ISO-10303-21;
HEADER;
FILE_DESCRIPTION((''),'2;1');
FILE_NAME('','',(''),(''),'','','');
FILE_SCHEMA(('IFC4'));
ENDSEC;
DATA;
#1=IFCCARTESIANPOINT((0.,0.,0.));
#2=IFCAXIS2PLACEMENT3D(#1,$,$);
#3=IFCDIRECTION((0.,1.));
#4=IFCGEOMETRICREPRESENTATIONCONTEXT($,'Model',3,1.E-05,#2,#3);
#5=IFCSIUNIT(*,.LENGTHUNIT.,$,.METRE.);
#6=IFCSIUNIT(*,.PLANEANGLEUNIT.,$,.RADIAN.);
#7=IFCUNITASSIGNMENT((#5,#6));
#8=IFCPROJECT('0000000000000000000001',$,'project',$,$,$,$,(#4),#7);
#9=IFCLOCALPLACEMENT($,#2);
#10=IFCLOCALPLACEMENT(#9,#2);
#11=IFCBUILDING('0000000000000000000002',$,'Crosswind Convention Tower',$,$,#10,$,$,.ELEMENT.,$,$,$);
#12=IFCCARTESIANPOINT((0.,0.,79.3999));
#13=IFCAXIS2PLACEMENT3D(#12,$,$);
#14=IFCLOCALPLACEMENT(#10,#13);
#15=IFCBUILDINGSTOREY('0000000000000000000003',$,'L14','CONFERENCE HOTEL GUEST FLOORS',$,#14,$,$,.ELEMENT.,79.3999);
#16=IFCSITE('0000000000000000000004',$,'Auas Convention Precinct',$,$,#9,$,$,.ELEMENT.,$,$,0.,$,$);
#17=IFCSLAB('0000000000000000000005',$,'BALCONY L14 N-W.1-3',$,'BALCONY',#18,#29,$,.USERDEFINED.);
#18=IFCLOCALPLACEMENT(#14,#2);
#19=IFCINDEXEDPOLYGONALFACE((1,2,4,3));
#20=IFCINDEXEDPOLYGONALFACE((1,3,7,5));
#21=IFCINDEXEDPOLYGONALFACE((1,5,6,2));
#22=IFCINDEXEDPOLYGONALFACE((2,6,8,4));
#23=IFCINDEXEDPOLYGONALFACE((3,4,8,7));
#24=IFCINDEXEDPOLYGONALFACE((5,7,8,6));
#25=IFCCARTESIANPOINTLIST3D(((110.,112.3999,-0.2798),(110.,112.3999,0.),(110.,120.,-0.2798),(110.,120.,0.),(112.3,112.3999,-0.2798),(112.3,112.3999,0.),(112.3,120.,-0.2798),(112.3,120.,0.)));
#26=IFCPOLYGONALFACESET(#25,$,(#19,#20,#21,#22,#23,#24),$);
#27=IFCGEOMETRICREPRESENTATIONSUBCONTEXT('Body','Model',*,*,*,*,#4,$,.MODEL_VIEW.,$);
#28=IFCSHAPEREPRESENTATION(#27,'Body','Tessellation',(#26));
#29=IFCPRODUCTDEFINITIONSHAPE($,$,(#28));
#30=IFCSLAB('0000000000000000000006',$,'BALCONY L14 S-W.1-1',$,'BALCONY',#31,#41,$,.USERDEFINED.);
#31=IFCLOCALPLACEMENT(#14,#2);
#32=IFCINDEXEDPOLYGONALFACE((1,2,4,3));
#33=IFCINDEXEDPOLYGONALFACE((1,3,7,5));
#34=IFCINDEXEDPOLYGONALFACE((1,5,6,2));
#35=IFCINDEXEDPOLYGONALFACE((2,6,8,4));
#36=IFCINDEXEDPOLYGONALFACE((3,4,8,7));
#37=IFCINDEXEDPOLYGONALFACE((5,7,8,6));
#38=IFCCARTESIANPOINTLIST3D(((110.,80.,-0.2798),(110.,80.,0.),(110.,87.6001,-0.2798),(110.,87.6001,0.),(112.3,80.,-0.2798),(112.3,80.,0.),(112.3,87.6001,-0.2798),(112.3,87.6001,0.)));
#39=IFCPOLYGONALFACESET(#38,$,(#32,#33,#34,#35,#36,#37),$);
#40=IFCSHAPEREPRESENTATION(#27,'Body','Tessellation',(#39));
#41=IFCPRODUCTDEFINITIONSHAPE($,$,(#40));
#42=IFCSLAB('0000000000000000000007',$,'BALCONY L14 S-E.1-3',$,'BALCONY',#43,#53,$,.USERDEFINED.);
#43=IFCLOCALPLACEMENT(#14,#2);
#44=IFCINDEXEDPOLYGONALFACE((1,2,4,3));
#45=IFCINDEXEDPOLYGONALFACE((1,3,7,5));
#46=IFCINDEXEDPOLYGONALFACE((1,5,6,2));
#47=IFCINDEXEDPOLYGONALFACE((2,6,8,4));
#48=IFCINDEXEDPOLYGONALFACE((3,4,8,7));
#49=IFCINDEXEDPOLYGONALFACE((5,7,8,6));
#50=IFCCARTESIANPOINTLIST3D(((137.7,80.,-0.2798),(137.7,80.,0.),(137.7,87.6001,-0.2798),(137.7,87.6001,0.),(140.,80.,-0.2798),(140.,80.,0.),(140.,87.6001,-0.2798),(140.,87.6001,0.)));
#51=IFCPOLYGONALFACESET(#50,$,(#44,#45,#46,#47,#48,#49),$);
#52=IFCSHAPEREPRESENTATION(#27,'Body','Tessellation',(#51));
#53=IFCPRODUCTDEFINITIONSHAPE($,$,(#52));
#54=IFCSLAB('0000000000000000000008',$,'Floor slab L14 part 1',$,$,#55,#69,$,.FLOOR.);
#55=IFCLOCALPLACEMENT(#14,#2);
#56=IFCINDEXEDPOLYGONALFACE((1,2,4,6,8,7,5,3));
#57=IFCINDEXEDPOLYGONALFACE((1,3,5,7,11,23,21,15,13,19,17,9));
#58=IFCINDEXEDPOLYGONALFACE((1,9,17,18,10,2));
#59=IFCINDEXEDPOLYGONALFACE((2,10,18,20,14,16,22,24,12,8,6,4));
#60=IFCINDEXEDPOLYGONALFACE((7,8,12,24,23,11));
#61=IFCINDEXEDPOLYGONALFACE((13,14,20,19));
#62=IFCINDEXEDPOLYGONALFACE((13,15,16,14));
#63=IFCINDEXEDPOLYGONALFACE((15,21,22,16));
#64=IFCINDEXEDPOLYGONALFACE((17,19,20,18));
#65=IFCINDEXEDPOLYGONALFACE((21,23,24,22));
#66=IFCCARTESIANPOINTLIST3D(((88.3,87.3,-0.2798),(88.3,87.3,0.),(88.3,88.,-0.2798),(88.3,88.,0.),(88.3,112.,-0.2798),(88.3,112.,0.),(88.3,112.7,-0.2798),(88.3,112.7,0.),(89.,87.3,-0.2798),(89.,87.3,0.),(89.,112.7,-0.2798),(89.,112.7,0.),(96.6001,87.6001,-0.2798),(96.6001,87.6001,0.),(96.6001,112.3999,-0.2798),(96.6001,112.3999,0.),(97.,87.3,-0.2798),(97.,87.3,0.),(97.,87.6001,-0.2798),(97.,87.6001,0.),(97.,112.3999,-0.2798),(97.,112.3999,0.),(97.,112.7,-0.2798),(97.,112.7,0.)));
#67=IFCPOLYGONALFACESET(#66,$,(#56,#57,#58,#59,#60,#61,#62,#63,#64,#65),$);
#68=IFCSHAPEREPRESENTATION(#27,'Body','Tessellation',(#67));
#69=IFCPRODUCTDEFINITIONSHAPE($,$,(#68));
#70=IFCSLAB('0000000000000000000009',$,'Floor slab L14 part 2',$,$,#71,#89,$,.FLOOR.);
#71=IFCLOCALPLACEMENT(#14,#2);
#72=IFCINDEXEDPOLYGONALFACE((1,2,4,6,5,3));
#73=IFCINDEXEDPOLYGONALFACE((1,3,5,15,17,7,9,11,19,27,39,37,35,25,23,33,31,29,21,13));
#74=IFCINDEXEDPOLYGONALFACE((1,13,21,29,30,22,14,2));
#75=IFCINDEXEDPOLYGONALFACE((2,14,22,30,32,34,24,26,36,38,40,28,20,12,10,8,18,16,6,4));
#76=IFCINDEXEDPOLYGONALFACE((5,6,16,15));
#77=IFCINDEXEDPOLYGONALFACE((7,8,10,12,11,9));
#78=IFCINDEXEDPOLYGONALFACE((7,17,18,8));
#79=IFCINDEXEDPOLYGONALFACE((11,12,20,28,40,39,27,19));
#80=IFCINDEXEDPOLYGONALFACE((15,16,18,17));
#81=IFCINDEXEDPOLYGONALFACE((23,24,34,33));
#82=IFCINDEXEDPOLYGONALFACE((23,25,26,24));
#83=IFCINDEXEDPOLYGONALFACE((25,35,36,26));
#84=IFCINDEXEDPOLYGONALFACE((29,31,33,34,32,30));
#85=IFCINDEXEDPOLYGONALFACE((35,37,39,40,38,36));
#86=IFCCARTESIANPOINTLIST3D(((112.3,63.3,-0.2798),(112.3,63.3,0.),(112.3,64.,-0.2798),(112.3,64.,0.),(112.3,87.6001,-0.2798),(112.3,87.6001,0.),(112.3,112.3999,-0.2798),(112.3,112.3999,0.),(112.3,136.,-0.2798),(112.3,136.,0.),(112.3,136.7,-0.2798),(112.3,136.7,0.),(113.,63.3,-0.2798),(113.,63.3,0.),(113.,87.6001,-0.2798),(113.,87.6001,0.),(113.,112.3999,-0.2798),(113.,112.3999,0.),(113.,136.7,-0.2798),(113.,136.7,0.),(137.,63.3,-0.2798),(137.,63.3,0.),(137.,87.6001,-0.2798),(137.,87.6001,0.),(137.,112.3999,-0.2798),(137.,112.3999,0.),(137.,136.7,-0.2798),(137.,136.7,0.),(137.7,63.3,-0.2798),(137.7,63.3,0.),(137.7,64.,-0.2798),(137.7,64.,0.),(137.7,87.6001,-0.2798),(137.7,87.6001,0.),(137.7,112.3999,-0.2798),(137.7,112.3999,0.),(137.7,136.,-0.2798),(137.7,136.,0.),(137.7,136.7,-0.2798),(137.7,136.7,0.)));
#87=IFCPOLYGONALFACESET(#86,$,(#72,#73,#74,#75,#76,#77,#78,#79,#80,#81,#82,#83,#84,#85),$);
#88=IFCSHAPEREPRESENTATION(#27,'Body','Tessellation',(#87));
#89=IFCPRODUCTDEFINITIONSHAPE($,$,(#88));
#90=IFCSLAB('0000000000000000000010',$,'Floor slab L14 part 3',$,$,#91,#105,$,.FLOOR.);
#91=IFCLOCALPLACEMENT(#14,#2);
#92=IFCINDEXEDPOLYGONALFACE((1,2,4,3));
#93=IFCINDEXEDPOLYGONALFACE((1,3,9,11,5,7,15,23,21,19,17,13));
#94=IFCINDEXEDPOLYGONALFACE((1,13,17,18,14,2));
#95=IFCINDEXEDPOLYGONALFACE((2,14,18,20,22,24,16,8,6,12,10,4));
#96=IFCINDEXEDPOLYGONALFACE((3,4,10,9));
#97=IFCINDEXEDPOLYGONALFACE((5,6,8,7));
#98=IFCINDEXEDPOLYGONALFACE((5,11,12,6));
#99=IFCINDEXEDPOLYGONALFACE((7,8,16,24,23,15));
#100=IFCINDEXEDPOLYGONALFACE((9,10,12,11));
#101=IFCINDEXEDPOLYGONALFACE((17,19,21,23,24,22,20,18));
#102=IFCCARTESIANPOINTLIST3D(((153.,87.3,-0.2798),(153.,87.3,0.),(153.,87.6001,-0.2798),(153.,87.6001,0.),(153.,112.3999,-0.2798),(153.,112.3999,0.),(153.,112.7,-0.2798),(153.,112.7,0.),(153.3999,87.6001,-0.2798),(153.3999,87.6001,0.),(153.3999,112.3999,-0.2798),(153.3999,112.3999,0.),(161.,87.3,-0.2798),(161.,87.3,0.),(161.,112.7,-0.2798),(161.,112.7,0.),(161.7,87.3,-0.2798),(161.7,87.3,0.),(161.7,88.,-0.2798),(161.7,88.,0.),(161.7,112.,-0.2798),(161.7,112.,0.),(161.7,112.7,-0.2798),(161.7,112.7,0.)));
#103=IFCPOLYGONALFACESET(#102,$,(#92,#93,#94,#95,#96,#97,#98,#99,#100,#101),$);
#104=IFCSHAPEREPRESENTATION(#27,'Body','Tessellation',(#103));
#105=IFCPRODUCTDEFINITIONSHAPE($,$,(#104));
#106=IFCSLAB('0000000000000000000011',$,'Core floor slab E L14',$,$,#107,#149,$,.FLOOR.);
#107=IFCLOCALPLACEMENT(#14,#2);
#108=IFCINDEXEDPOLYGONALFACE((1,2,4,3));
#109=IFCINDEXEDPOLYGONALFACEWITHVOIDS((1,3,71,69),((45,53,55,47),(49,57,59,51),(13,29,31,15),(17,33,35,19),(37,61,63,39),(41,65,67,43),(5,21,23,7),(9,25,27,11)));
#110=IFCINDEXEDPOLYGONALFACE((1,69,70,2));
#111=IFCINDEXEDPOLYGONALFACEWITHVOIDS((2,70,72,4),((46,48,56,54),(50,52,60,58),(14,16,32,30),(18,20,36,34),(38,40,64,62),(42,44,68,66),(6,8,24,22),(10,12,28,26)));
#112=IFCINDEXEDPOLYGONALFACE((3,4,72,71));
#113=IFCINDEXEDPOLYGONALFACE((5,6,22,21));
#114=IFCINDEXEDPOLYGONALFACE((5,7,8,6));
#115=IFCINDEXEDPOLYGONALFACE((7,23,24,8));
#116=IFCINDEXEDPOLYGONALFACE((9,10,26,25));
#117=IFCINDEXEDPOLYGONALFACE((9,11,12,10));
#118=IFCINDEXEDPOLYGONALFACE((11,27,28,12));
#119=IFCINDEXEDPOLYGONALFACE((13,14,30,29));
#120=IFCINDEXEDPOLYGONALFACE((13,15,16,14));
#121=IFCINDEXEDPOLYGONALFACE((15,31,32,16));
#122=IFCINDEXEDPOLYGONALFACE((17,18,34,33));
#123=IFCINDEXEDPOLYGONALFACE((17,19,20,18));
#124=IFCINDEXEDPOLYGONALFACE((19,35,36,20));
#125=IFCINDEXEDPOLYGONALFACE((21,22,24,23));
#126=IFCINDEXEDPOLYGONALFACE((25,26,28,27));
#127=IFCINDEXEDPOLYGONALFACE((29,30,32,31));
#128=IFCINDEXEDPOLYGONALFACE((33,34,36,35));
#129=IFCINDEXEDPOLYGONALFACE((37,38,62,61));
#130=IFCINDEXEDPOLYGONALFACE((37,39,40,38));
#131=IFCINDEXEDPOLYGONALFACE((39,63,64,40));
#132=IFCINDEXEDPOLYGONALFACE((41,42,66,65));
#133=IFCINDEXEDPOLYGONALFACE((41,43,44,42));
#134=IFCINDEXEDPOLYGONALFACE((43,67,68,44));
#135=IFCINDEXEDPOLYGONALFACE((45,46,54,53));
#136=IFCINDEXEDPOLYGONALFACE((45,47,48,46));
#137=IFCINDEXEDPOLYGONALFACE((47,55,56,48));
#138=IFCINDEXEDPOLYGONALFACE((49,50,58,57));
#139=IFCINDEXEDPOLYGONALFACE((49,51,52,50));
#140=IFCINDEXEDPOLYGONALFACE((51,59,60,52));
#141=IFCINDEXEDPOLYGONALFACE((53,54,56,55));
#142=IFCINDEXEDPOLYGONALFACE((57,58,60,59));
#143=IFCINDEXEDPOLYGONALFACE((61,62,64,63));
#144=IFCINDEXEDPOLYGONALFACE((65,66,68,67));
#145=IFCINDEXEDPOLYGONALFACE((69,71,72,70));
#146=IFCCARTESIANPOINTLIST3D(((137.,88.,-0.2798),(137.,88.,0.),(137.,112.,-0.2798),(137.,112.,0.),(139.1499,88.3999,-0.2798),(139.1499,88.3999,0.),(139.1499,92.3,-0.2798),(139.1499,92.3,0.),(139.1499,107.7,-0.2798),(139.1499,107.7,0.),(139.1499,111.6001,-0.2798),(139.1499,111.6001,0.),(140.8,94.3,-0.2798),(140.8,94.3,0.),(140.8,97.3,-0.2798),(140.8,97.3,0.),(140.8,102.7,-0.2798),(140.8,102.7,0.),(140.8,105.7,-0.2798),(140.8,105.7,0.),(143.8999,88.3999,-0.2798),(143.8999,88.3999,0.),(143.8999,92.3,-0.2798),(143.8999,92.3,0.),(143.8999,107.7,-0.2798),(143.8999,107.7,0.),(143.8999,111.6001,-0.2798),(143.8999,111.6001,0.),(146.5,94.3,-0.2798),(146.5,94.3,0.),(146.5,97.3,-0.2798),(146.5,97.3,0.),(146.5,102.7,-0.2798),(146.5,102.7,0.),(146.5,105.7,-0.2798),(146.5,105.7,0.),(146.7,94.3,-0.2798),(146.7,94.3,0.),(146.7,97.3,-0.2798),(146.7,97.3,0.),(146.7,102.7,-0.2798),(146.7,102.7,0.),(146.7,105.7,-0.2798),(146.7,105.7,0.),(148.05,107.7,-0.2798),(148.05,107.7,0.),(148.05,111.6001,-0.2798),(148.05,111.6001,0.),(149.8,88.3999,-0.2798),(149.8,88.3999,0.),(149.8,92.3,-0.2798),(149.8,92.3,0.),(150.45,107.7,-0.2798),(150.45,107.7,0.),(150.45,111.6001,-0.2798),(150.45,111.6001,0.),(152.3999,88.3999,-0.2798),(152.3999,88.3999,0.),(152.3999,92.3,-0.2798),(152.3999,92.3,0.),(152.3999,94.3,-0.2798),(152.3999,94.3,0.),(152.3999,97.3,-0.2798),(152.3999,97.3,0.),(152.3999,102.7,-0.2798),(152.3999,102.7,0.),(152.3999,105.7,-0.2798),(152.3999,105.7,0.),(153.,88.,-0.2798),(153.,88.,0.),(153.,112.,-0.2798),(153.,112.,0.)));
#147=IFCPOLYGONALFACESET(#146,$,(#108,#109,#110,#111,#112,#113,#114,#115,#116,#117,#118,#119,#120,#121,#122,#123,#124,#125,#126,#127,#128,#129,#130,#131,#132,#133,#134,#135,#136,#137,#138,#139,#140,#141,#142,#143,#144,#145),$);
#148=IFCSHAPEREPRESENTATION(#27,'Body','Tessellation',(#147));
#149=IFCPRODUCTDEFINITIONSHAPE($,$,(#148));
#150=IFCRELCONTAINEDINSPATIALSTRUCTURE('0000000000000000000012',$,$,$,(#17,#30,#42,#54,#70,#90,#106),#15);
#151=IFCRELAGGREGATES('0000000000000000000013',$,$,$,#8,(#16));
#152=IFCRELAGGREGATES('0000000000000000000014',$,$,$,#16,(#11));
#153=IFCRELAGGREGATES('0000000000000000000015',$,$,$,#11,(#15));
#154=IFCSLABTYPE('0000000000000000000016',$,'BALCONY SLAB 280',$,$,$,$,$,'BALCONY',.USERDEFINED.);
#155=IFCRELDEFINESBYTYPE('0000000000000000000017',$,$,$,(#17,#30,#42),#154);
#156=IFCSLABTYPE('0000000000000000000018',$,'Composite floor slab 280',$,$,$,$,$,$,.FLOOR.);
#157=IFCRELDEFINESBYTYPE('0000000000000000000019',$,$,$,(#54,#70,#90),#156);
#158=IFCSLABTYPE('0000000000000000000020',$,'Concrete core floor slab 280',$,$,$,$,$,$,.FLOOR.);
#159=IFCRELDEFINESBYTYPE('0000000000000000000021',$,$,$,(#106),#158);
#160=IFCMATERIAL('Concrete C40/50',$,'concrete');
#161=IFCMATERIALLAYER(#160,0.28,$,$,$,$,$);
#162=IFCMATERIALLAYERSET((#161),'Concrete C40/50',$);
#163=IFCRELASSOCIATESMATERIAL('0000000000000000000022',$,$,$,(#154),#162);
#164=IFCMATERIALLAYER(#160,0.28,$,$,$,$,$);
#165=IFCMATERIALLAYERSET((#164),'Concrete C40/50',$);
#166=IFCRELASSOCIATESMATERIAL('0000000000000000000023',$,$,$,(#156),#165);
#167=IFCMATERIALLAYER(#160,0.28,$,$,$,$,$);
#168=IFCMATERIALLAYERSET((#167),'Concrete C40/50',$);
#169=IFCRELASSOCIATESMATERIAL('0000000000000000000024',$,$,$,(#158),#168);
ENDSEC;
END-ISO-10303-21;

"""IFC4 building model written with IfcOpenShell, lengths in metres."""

from ifc_helpers import new_model, si_unit, direction, frame, origin, place, context, subcontext, project, spatial, polyline, outline, extrude, material, layer, layer_set, type_object, element, save


model = new_model("IFC4")

# Units and contexts
model_context = context("Model", 3, precision=1e-05, world=origin(), true_north=direction((0.0, 1.0)))
body_context = subcontext(model_context, "Body", "Model", "MODEL_VIEW")
ifc_project = project(units=[si_unit("LENGTHUNIT", "METRE"), si_unit("PLANEANGLEUNIT", "RADIAN")], contexts=[model_context])

# Site, building, storey
site_placement = place(None, origin())
site = spatial("IfcSite", under=ifc_project, at=site_placement, Name="Auas Convention Precinct", CompositionType="ELEMENT", RefElevation=0.0)
building_placement = place(site_placement, origin())
building = spatial("IfcBuilding", under=site, at=building_placement, Name="Crosswind Convention Tower", CompositionType="ELEMENT")
storey_placement = place(building_placement, frame((0.0, 0.0, 79.3999)))
storey = spatial("IfcBuildingStorey", under=building, at=storey_placement, Name="L14", Description="CONFERENCE HOTEL GUEST FLOORS", CompositionType="ELEMENT", Elevation=79.3999)

# Slabs
ifc_material_1 = material(Name="Concrete C40/50", Category="concrete")
ifc_layer_1 = layer(ifc_material_1, 0.28)
ifc_layer_set_1 = layer_set([ifc_layer_1], Name="Concrete C40/50")
slab_type_1 = type_object("IfcSlabType", Name="BALCONY SLAB 280", ElementType="BALCONY", PredefinedType="USERDEFINED", material=ifc_layer_set_1)
slab_1_placement = place(storey_placement, frame((0.0, 0.0, -0.2798)))
element("IfcSlab", 1, at=slab_1_placement, inside=storey, type_object=slab_type_1, Name="BALCONY L14 N-W.1-3", ObjectType="BALCONY", PredefinedType="USERDEFINED", context=body_context, shape_type="SweptSolid", body=[
    extrude(outline(polyline([(112.3, 120.0), (112.3, 112.3999), (110.0, 112.3999), (110.0, 120.0), (112.3, 120.0)])), origin(), (0.0, 0.0, 1.0), 0.2798),
])
slab_2_placement = place(storey_placement, frame((0.0, 0.0, -0.2798)))
element("IfcSlab", 2, at=slab_2_placement, inside=storey, type_object=slab_type_1, Name="BALCONY L14 S-W.1-1", ObjectType="BALCONY", PredefinedType="USERDEFINED", context=body_context, shape_type="SweptSolid", body=[
    extrude(outline(polyline([(112.3, 87.6001), (112.3, 80.0), (110.0, 80.0), (110.0, 87.6001), (112.3, 87.6001)])), origin(), (0.0, 0.0, 1.0), 0.2798),
])
slab_3_placement = place(storey_placement, frame((0.0, 0.0, -0.2798)))
element("IfcSlab", 3, at=slab_3_placement, inside=storey, type_object=slab_type_1, Name="BALCONY L14 S-E.1-3", ObjectType="BALCONY", PredefinedType="USERDEFINED", context=body_context, shape_type="SweptSolid", body=[
    extrude(outline(polyline([(137.7, 80.0), (137.7, 87.6001), (140.0, 87.6001), (140.0, 80.0), (137.7, 80.0)])), origin(), (0.0, 0.0, 1.0), 0.2798),
])
ifc_layer_2 = layer(ifc_material_1, 0.28)
ifc_layer_set_2 = layer_set([ifc_layer_2], Name="Concrete C40/50")
slab_type_2 = type_object("IfcSlabType", Name="Composite floor slab 280", PredefinedType="FLOOR", material=ifc_layer_set_2)
slab_4_placement = place(storey_placement, frame((0.0, 0.0, -0.2798)))
element("IfcSlab", 4, at=slab_4_placement, inside=storey, type_object=slab_type_2, Name="Floor slab L14 part 1", PredefinedType="FLOOR", context=body_context, shape_type="SweptSolid", body=[
    extrude(outline(polyline([(97.0, 87.3), (89.0, 87.3), (88.3, 87.3), (88.3, 88.0), (88.3, 112.0), (88.3, 112.7), (89.0, 112.7), (97.0, 112.7), (97.0, 112.3999), (96.6001, 112.3999), (96.6001, 87.6001), (97.0, 87.6001), (97.0, 87.3)])), origin(), (0.0, 0.0, 1.0), 0.2798),
])
slab_5_placement = place(storey_placement, frame((0.0, 0.0, -0.2798)))
element("IfcSlab", 5, at=slab_5_placement, inside=storey, type_object=slab_type_2, Name="Floor slab L14 part 2", PredefinedType="FLOOR", context=body_context, shape_type="SweptSolid", body=[
    extrude(outline(polyline([(112.3, 87.6001), (113.0, 87.6001), (113.0, 112.3999), (112.3, 112.3999), (112.3, 136.0), (112.3, 136.7), (113.0, 136.7), (137.0, 136.7), (137.7, 136.7), (137.7, 136.0), (137.7, 112.3999), (137.0, 112.3999), (137.0, 87.6001), (137.7, 87.6001), (137.7, 64.0), (137.7, 63.3), (137.0, 63.3), (113.0, 63.3), (112.3, 63.3), (112.3, 64.0), (112.3, 87.6001)])), origin(), (0.0, 0.0, 1.0), 0.2798),
])
slab_6_placement = place(storey_placement, frame((0.0, 0.0, -0.2798)))
element("IfcSlab", 6, at=slab_6_placement, inside=storey, type_object=slab_type_2, Name="Floor slab L14 part 3", PredefinedType="FLOOR", context=body_context, shape_type="SweptSolid", body=[
    extrude(outline(polyline([(153.0, 112.7), (161.0, 112.7), (161.7, 112.7), (161.7, 112.0), (161.7, 88.0), (161.7, 87.3), (161.0, 87.3), (153.0, 87.3), (153.0, 87.6001), (153.3999, 87.6001), (153.3999, 112.3999), (153.0, 112.3999), (153.0, 112.7)])), origin(), (0.0, 0.0, 1.0), 0.2798),
])
ifc_layer_3 = layer(ifc_material_1, 0.28)
ifc_layer_set_3 = layer_set([ifc_layer_3], Name="Concrete C40/50")
slab_type_3 = type_object("IfcSlabType", Name="Concrete core floor slab 280", PredefinedType="FLOOR", material=ifc_layer_set_3)
slab_7_placement = place(storey_placement, frame((0.0, 0.0, -0.2798)))
element("IfcSlab", 7, at=slab_7_placement, inside=storey, type_object=slab_type_3, Name="Core floor slab E L14", PredefinedType="FLOOR", context=body_context, shape_type="SweptSolid", body=[
    extrude(outline(polyline([(137.0, 88.0), (153.0, 88.0), (153.0, 112.0), (137.0, 112.0), (137.0, 88.0)]), holes=[polyline([(146.5, 102.7), (146.5, 105.7), (140.8, 105.7), (140.8, 102.7), (146.5, 102.7)]), polyline([(152.3999, 102.7), (152.3999, 105.7), (146.7, 105.7), (146.7, 102.7), (152.3999, 102.7)]), polyline([(146.5, 94.3), (146.5, 97.3), (140.8, 97.3), (140.8, 94.3), (146.5, 94.3)]), polyline([(152.3999, 94.3), (152.3999, 97.3), (146.7, 97.3), (146.7, 94.3), (152.3999, 94.3)]), polyline([(150.45, 107.7), (150.45, 111.6001), (148.05, 111.6001), (148.05, 107.7), (150.45, 107.7)]), polyline([(152.3999, 88.3999), (152.3999, 92.3), (149.8, 92.3), (149.8, 88.3999), (152.3999, 88.3999)]), polyline([(143.8999, 107.7), (143.8999, 111.6001), (139.1499, 111.6001), (139.1499, 107.7), (143.8999, 107.7)]), polyline([(143.8999, 88.3999), (143.8999, 92.3), (139.1499, 92.3), (139.1499, 88.3999), (143.8999, 88.3999)])]), origin(), (0.0, 0.0, 1.0), 0.2798),
])

save(model, "model.ifc")
